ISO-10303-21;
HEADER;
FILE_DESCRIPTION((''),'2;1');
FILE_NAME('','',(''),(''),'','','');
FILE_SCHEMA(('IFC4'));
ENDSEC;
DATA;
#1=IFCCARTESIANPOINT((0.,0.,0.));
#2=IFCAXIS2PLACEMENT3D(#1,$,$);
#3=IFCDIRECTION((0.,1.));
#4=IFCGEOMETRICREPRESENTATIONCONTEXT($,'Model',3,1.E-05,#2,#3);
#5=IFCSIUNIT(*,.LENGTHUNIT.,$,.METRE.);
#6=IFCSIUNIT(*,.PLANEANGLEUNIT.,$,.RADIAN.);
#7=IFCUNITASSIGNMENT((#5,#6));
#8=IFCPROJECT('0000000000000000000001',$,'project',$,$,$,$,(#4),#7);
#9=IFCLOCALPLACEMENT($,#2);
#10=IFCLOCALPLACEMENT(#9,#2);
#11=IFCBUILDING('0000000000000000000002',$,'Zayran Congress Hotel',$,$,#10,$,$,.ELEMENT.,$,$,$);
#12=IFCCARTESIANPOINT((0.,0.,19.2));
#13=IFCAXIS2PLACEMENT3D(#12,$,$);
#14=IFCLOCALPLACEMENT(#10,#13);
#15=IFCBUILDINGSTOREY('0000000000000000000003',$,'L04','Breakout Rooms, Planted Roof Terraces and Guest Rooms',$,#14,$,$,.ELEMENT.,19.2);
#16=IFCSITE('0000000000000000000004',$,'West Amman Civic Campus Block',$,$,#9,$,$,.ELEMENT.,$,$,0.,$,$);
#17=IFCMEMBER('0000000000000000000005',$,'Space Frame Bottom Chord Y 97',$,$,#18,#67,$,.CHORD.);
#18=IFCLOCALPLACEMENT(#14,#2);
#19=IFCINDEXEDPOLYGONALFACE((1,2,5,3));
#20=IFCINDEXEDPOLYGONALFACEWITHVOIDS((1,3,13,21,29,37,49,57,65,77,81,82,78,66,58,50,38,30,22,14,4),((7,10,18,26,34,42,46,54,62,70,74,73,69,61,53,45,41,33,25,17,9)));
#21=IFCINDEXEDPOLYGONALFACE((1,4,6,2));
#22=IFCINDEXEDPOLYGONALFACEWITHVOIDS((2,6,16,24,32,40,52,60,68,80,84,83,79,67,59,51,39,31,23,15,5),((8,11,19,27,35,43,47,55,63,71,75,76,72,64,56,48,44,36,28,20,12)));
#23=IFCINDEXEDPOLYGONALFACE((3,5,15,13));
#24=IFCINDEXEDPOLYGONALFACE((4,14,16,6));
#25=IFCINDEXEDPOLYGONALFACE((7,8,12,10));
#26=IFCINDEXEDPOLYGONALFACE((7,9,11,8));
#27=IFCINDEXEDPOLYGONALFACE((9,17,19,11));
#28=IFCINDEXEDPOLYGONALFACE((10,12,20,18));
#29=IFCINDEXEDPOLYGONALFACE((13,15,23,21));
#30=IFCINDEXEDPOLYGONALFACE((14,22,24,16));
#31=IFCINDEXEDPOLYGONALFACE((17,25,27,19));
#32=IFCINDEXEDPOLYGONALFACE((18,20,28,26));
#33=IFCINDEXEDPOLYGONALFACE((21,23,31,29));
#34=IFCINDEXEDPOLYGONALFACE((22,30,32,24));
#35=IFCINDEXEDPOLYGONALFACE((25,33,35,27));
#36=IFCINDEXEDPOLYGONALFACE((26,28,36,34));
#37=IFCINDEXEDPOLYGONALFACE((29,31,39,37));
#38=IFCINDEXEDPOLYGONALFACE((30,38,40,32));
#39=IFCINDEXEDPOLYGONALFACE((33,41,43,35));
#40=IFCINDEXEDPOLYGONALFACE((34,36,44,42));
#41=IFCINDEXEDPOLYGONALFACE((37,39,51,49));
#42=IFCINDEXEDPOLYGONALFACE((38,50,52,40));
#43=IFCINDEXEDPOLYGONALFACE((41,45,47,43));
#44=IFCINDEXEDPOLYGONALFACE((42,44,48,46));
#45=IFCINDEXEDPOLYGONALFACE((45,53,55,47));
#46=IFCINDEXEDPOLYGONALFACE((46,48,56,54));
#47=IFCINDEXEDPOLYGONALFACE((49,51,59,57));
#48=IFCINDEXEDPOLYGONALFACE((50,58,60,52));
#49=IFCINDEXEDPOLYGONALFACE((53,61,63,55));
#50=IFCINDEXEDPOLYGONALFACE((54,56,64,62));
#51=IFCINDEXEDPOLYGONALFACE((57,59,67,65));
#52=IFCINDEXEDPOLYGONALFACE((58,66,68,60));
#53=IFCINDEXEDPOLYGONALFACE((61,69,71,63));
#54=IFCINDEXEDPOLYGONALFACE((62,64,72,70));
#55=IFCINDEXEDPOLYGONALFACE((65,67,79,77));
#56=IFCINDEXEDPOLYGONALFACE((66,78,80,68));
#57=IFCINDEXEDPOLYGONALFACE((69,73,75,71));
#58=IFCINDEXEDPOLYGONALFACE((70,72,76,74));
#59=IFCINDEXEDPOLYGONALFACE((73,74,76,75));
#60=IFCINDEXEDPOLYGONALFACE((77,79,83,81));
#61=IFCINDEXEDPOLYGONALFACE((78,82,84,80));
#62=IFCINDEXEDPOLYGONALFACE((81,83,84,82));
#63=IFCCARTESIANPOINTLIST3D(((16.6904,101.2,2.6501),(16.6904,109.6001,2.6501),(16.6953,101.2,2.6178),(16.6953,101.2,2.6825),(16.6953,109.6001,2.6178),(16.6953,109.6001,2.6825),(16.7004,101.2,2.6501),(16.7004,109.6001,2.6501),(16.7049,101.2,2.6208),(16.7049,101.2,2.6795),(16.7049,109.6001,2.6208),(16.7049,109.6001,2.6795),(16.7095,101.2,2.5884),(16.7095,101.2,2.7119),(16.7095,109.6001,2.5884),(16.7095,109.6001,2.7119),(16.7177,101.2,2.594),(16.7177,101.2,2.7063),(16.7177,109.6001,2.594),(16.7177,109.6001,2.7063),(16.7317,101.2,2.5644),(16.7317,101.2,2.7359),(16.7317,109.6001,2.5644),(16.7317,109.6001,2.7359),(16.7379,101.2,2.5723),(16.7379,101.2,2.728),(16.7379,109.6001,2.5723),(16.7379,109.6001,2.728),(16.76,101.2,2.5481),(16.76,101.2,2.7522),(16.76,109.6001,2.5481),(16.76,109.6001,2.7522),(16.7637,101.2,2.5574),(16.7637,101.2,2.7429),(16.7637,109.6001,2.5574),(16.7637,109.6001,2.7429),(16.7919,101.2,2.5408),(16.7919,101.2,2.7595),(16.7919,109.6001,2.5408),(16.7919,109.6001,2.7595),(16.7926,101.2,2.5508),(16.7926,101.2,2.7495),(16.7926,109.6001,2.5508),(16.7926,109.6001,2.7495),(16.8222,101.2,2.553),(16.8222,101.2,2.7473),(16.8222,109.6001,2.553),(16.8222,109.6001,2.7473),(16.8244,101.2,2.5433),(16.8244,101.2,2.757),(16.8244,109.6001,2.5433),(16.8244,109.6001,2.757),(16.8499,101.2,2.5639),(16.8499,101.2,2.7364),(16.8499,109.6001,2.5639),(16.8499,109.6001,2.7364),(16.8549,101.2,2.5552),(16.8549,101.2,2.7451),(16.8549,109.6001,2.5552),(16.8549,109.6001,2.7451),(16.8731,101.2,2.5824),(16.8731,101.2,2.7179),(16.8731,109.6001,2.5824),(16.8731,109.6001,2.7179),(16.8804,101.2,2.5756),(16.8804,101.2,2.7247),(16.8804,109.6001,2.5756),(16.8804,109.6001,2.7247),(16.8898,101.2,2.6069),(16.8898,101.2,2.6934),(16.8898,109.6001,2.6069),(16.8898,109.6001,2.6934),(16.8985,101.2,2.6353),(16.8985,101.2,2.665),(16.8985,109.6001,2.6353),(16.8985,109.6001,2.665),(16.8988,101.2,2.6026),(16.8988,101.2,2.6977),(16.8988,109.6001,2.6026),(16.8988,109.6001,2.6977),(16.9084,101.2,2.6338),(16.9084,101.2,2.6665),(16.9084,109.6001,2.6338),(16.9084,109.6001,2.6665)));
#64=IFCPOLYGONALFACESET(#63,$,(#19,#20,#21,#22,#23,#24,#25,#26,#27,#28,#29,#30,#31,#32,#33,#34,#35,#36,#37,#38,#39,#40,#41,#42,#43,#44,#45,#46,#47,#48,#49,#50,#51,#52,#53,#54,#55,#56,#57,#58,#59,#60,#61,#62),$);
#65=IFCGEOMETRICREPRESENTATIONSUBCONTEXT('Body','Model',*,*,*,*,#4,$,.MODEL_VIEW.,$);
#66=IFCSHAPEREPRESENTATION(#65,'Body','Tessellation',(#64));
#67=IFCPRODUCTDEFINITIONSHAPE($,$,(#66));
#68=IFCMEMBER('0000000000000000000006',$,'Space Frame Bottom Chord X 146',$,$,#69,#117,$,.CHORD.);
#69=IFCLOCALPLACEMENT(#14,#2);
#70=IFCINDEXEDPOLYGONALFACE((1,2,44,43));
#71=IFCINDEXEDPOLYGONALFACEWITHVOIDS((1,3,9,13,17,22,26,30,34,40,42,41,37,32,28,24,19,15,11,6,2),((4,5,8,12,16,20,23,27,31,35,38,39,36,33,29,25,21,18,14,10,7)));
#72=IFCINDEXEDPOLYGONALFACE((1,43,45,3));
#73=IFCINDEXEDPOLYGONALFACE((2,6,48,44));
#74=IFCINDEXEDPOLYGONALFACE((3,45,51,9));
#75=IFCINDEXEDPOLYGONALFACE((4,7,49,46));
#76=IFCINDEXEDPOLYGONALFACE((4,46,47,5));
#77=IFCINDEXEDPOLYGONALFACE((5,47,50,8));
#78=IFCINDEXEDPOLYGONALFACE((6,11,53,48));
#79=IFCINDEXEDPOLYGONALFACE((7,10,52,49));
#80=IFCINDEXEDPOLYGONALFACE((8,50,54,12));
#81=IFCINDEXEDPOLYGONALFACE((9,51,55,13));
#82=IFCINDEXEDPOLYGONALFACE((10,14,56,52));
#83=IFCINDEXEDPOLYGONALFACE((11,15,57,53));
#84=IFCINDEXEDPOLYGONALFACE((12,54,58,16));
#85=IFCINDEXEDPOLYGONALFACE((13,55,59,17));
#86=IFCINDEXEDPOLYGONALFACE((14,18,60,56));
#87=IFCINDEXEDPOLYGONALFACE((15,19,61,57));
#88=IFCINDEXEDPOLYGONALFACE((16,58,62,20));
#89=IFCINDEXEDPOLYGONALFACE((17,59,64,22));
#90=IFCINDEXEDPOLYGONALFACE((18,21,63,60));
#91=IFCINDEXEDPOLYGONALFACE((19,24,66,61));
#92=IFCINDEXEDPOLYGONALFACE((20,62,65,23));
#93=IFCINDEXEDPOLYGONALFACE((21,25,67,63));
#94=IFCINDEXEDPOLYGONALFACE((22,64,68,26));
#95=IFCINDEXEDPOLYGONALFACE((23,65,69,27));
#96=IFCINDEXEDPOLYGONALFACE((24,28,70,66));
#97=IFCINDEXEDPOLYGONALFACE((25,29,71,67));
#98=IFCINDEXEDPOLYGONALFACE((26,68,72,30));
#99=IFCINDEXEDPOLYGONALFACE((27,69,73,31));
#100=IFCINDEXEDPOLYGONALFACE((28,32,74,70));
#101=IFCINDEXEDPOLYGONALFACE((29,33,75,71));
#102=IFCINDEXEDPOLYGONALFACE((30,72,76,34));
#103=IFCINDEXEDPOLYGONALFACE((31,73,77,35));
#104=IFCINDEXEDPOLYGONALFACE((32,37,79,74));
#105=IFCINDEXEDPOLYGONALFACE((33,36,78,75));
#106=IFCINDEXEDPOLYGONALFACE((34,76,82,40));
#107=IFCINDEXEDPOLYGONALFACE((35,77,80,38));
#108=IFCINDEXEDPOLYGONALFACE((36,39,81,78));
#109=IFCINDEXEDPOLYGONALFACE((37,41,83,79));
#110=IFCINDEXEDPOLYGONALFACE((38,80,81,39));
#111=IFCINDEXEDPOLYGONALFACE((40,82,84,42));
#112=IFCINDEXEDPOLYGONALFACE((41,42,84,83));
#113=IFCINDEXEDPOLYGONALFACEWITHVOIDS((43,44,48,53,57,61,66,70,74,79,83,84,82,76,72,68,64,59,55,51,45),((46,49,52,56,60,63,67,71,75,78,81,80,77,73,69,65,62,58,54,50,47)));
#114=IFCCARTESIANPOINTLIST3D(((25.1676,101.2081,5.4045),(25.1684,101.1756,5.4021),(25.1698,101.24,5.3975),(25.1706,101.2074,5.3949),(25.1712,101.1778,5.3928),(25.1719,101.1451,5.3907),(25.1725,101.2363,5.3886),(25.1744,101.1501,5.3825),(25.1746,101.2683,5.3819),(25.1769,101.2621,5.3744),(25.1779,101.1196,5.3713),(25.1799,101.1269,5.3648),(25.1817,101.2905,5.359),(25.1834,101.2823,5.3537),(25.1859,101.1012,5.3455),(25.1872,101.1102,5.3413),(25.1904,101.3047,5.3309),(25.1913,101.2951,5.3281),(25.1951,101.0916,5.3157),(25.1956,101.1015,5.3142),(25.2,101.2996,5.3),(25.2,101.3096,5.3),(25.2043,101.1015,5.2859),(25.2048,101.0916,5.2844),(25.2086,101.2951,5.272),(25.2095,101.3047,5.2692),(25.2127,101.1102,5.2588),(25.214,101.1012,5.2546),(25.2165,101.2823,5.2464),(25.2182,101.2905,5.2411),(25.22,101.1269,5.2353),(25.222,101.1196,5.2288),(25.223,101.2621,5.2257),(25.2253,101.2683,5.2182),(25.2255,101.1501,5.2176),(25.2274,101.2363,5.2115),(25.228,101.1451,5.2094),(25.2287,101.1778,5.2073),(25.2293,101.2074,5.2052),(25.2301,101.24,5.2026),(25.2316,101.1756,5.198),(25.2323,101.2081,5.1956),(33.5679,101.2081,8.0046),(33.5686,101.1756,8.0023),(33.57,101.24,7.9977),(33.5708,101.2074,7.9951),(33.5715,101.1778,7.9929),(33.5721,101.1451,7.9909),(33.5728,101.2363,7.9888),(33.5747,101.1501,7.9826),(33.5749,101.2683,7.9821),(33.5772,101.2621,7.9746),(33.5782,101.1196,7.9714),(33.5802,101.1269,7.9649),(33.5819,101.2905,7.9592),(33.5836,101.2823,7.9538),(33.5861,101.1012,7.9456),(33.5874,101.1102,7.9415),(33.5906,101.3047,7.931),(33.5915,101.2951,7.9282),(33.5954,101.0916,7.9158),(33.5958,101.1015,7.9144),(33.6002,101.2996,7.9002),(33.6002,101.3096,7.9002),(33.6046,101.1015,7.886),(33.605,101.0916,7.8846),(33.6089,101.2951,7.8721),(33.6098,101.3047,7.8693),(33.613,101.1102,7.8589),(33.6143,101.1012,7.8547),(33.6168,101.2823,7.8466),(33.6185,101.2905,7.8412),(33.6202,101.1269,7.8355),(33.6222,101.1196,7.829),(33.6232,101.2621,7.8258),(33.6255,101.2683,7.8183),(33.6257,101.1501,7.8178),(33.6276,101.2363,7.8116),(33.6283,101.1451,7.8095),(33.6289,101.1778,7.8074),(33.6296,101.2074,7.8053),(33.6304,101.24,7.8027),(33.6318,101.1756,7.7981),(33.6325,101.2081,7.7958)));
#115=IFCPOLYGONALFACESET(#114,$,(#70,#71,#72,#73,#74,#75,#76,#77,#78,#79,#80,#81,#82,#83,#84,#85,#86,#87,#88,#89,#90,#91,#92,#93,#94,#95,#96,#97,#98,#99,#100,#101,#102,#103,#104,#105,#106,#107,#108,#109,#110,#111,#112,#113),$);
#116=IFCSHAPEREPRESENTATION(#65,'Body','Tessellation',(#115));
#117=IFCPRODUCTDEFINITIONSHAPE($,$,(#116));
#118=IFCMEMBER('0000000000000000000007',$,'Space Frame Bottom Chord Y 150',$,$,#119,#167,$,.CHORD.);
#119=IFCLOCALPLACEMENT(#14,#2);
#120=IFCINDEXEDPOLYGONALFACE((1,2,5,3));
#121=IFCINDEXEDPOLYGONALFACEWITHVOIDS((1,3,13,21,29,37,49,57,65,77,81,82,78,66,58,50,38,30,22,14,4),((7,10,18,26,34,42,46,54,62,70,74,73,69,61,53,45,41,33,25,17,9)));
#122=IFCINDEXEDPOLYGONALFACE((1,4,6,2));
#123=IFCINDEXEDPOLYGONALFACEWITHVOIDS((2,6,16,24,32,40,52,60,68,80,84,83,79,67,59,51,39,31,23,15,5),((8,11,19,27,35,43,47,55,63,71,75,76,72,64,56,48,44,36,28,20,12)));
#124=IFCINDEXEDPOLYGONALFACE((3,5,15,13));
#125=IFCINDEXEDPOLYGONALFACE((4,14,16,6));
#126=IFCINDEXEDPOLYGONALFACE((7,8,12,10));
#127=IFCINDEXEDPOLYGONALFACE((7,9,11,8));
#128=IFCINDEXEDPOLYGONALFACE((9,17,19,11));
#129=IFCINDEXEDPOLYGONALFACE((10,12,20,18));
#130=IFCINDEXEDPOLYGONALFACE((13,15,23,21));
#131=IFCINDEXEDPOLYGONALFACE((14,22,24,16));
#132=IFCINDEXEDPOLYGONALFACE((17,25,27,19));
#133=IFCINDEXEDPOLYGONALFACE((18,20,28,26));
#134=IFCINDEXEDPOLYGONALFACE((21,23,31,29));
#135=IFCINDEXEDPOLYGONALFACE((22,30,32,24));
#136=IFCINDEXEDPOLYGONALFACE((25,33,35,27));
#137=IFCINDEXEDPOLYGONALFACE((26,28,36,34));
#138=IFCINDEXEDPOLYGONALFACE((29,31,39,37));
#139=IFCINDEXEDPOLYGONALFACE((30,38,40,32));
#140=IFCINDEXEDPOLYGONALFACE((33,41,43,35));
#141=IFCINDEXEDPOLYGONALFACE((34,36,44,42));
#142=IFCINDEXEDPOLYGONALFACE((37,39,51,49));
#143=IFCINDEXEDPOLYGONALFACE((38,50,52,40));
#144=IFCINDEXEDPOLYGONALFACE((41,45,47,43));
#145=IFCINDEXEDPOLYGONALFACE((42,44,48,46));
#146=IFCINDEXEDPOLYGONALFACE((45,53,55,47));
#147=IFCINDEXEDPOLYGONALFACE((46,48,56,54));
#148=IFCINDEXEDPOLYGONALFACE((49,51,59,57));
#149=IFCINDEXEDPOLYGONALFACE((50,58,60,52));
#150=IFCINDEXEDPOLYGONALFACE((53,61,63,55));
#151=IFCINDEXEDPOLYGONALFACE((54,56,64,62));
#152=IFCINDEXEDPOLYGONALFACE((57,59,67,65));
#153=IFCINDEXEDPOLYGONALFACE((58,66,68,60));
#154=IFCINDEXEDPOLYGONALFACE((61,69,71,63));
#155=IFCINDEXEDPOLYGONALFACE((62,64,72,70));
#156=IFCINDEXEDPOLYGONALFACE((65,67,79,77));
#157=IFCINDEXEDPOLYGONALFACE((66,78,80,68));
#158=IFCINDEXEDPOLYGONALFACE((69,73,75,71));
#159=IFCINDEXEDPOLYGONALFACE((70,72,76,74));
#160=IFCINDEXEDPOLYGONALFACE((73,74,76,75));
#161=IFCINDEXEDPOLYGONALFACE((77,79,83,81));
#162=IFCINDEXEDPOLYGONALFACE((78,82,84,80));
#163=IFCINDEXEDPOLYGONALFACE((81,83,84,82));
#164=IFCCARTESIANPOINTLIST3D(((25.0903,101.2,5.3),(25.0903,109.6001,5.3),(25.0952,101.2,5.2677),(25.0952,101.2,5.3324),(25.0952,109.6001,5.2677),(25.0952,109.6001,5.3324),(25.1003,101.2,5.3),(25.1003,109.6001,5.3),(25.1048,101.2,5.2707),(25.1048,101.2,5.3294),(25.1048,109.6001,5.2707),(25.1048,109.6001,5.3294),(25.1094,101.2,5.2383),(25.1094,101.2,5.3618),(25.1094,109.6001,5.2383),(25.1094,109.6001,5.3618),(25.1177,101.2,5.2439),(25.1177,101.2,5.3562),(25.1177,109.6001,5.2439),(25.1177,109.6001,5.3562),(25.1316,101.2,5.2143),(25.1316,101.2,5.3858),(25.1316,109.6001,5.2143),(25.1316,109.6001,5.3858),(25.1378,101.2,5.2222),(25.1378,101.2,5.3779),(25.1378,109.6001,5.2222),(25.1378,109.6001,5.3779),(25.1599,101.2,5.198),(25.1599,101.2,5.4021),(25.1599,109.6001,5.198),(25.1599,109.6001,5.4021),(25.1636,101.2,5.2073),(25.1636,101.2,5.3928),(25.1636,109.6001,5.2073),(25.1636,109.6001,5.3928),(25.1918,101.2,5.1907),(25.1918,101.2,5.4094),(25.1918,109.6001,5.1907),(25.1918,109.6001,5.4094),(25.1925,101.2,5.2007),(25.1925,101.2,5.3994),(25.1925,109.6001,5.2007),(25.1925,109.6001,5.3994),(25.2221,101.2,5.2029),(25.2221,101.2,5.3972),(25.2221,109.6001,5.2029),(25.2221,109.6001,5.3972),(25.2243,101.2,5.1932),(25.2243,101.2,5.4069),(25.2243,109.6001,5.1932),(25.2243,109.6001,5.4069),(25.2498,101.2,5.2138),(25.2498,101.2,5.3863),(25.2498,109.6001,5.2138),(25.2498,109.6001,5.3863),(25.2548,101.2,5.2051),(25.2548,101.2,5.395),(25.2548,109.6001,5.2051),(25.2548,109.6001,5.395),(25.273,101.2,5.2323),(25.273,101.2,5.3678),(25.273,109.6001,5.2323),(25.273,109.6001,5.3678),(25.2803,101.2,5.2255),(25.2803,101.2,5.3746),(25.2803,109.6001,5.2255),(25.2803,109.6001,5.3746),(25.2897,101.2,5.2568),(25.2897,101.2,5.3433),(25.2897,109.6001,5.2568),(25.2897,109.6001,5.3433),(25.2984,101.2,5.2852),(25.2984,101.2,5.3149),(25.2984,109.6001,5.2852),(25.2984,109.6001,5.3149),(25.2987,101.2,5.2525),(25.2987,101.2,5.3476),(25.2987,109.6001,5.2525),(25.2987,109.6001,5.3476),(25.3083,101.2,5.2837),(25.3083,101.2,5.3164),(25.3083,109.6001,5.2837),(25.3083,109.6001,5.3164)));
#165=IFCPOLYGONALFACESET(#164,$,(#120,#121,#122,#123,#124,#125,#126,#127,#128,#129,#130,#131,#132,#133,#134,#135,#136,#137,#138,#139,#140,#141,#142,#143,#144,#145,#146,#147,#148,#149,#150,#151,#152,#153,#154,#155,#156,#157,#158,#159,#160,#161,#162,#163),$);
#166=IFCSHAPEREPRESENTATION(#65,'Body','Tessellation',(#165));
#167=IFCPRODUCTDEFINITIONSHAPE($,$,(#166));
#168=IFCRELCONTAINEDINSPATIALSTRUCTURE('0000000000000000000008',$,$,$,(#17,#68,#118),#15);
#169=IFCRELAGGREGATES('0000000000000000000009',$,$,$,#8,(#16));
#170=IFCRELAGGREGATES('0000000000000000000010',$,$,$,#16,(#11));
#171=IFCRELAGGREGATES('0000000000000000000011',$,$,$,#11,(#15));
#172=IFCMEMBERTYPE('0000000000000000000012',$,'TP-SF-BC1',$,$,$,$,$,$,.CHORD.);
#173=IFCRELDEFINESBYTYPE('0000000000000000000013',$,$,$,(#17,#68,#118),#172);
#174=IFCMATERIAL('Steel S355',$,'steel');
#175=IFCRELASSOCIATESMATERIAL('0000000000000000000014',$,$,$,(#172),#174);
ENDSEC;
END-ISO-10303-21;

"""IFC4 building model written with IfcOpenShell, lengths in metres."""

from ifc_helpers import new_model, si_unit, direction, frame, origin, origin_2d, place, context, subcontext, project, spatial, hollow_circle, extrude, material, material_profile, profile_set, type_object, element, save


model = new_model("IFC4")

# Units and contexts
model_context = context("Model", 3, precision=1e-05, world=origin(), true_north=direction((0.0, 1.0)))
body_context = subcontext(model_context, "Body", "Model", "MODEL_VIEW")
ifc_project = project(units=[si_unit("LENGTHUNIT", "METRE"), si_unit("PLANEANGLEUNIT", "RADIAN")], contexts=[model_context])

# Site, building, storey
site_placement = place(None, origin())
site = spatial("IfcSite", under=ifc_project, at=site_placement, Name="West Amman Civic Campus Block", CompositionType="ELEMENT", RefElevation=0.0)
building_placement = place(site_placement, origin())
building = spatial("IfcBuilding", under=site, at=building_placement, Name="Zayran Congress Hotel", CompositionType="ELEMENT")
storey_placement = place(building_placement, frame((0.0, 0.0, 19.2)))
storey = spatial("IfcBuildingStorey", under=building, at=storey_placement, Name="L04", Description="Breakout Rooms, Planted Roof Terraces and Guest Rooms", CompositionType="ELEMENT", Elevation=19.2)

# Members
ifc_material_1 = material(Name="Steel S355", Category="steel")
ifc_material_profile_1 = material_profile(ifc_material_1, hollow_circle(Radius=0.1096, WallThickness=0.01, at=origin_2d()), Name="CHS 219.1x10")
ifc_profile_set_1 = profile_set([ifc_material_profile_1], Name="Steel S355")
member_type_1 = type_object("IfcMemberType", Name="TP-SF-BC1", PredefinedType="CHORD", material=ifc_profile_set_1)
member_1_placement = place(storey_placement, frame((16.8, 101.2, 2.6501), z_axis=(0.0, 1.0, 0.0), x_axis=(-1.0, 0.0, 0.0)))
element("IfcMember", 1, at=member_1_placement, inside=storey, type_object=member_type_1, Name="Space Frame Bottom Chord Y 97", PredefinedType="CHORD", context=body_context, shape_type="SweptSolid", body=[
    extrude(hollow_circle(Radius=0.1096, WallThickness=0.01, at=origin_2d()), origin(), (0.0, 0.0, 1.0), 8.4001),
])
member_2_placement = place(storey_placement, frame((25.2, 101.2, 5.3), z_axis=(0.955284, 0.0, 0.295689), x_axis=(0.0, 1.0, 0.0)))
element("IfcMember", 2, at=member_2_placement, inside=storey, type_object=member_type_1, Name="Space Frame Bottom Chord X 146", PredefinedType="CHORD", context=body_context, shape_type="SweptSolid", body=[
    extrude(hollow_circle(Radius=0.1096, WallThickness=0.01, at=origin_2d()), origin(), (0.0, 0.0, 1.0), 8.7935),
])
member_3_placement = place(storey_placement, frame((25.2, 101.2, 5.3), z_axis=(0.0, 1.0, 0.0), x_axis=(-1.0, 0.0, 0.0)))
element("IfcMember", 3, at=member_3_placement, inside=storey, type_object=member_type_1, Name="Space Frame Bottom Chord Y 150", PredefinedType="CHORD", context=body_context, shape_type="SweptSolid", body=[
    extrude(hollow_circle(Radius=0.1096, WallThickness=0.01, at=origin_2d()), origin(), (0.0, 0.0, 1.0), 8.4001),
])

save(model, "model.ifc")
